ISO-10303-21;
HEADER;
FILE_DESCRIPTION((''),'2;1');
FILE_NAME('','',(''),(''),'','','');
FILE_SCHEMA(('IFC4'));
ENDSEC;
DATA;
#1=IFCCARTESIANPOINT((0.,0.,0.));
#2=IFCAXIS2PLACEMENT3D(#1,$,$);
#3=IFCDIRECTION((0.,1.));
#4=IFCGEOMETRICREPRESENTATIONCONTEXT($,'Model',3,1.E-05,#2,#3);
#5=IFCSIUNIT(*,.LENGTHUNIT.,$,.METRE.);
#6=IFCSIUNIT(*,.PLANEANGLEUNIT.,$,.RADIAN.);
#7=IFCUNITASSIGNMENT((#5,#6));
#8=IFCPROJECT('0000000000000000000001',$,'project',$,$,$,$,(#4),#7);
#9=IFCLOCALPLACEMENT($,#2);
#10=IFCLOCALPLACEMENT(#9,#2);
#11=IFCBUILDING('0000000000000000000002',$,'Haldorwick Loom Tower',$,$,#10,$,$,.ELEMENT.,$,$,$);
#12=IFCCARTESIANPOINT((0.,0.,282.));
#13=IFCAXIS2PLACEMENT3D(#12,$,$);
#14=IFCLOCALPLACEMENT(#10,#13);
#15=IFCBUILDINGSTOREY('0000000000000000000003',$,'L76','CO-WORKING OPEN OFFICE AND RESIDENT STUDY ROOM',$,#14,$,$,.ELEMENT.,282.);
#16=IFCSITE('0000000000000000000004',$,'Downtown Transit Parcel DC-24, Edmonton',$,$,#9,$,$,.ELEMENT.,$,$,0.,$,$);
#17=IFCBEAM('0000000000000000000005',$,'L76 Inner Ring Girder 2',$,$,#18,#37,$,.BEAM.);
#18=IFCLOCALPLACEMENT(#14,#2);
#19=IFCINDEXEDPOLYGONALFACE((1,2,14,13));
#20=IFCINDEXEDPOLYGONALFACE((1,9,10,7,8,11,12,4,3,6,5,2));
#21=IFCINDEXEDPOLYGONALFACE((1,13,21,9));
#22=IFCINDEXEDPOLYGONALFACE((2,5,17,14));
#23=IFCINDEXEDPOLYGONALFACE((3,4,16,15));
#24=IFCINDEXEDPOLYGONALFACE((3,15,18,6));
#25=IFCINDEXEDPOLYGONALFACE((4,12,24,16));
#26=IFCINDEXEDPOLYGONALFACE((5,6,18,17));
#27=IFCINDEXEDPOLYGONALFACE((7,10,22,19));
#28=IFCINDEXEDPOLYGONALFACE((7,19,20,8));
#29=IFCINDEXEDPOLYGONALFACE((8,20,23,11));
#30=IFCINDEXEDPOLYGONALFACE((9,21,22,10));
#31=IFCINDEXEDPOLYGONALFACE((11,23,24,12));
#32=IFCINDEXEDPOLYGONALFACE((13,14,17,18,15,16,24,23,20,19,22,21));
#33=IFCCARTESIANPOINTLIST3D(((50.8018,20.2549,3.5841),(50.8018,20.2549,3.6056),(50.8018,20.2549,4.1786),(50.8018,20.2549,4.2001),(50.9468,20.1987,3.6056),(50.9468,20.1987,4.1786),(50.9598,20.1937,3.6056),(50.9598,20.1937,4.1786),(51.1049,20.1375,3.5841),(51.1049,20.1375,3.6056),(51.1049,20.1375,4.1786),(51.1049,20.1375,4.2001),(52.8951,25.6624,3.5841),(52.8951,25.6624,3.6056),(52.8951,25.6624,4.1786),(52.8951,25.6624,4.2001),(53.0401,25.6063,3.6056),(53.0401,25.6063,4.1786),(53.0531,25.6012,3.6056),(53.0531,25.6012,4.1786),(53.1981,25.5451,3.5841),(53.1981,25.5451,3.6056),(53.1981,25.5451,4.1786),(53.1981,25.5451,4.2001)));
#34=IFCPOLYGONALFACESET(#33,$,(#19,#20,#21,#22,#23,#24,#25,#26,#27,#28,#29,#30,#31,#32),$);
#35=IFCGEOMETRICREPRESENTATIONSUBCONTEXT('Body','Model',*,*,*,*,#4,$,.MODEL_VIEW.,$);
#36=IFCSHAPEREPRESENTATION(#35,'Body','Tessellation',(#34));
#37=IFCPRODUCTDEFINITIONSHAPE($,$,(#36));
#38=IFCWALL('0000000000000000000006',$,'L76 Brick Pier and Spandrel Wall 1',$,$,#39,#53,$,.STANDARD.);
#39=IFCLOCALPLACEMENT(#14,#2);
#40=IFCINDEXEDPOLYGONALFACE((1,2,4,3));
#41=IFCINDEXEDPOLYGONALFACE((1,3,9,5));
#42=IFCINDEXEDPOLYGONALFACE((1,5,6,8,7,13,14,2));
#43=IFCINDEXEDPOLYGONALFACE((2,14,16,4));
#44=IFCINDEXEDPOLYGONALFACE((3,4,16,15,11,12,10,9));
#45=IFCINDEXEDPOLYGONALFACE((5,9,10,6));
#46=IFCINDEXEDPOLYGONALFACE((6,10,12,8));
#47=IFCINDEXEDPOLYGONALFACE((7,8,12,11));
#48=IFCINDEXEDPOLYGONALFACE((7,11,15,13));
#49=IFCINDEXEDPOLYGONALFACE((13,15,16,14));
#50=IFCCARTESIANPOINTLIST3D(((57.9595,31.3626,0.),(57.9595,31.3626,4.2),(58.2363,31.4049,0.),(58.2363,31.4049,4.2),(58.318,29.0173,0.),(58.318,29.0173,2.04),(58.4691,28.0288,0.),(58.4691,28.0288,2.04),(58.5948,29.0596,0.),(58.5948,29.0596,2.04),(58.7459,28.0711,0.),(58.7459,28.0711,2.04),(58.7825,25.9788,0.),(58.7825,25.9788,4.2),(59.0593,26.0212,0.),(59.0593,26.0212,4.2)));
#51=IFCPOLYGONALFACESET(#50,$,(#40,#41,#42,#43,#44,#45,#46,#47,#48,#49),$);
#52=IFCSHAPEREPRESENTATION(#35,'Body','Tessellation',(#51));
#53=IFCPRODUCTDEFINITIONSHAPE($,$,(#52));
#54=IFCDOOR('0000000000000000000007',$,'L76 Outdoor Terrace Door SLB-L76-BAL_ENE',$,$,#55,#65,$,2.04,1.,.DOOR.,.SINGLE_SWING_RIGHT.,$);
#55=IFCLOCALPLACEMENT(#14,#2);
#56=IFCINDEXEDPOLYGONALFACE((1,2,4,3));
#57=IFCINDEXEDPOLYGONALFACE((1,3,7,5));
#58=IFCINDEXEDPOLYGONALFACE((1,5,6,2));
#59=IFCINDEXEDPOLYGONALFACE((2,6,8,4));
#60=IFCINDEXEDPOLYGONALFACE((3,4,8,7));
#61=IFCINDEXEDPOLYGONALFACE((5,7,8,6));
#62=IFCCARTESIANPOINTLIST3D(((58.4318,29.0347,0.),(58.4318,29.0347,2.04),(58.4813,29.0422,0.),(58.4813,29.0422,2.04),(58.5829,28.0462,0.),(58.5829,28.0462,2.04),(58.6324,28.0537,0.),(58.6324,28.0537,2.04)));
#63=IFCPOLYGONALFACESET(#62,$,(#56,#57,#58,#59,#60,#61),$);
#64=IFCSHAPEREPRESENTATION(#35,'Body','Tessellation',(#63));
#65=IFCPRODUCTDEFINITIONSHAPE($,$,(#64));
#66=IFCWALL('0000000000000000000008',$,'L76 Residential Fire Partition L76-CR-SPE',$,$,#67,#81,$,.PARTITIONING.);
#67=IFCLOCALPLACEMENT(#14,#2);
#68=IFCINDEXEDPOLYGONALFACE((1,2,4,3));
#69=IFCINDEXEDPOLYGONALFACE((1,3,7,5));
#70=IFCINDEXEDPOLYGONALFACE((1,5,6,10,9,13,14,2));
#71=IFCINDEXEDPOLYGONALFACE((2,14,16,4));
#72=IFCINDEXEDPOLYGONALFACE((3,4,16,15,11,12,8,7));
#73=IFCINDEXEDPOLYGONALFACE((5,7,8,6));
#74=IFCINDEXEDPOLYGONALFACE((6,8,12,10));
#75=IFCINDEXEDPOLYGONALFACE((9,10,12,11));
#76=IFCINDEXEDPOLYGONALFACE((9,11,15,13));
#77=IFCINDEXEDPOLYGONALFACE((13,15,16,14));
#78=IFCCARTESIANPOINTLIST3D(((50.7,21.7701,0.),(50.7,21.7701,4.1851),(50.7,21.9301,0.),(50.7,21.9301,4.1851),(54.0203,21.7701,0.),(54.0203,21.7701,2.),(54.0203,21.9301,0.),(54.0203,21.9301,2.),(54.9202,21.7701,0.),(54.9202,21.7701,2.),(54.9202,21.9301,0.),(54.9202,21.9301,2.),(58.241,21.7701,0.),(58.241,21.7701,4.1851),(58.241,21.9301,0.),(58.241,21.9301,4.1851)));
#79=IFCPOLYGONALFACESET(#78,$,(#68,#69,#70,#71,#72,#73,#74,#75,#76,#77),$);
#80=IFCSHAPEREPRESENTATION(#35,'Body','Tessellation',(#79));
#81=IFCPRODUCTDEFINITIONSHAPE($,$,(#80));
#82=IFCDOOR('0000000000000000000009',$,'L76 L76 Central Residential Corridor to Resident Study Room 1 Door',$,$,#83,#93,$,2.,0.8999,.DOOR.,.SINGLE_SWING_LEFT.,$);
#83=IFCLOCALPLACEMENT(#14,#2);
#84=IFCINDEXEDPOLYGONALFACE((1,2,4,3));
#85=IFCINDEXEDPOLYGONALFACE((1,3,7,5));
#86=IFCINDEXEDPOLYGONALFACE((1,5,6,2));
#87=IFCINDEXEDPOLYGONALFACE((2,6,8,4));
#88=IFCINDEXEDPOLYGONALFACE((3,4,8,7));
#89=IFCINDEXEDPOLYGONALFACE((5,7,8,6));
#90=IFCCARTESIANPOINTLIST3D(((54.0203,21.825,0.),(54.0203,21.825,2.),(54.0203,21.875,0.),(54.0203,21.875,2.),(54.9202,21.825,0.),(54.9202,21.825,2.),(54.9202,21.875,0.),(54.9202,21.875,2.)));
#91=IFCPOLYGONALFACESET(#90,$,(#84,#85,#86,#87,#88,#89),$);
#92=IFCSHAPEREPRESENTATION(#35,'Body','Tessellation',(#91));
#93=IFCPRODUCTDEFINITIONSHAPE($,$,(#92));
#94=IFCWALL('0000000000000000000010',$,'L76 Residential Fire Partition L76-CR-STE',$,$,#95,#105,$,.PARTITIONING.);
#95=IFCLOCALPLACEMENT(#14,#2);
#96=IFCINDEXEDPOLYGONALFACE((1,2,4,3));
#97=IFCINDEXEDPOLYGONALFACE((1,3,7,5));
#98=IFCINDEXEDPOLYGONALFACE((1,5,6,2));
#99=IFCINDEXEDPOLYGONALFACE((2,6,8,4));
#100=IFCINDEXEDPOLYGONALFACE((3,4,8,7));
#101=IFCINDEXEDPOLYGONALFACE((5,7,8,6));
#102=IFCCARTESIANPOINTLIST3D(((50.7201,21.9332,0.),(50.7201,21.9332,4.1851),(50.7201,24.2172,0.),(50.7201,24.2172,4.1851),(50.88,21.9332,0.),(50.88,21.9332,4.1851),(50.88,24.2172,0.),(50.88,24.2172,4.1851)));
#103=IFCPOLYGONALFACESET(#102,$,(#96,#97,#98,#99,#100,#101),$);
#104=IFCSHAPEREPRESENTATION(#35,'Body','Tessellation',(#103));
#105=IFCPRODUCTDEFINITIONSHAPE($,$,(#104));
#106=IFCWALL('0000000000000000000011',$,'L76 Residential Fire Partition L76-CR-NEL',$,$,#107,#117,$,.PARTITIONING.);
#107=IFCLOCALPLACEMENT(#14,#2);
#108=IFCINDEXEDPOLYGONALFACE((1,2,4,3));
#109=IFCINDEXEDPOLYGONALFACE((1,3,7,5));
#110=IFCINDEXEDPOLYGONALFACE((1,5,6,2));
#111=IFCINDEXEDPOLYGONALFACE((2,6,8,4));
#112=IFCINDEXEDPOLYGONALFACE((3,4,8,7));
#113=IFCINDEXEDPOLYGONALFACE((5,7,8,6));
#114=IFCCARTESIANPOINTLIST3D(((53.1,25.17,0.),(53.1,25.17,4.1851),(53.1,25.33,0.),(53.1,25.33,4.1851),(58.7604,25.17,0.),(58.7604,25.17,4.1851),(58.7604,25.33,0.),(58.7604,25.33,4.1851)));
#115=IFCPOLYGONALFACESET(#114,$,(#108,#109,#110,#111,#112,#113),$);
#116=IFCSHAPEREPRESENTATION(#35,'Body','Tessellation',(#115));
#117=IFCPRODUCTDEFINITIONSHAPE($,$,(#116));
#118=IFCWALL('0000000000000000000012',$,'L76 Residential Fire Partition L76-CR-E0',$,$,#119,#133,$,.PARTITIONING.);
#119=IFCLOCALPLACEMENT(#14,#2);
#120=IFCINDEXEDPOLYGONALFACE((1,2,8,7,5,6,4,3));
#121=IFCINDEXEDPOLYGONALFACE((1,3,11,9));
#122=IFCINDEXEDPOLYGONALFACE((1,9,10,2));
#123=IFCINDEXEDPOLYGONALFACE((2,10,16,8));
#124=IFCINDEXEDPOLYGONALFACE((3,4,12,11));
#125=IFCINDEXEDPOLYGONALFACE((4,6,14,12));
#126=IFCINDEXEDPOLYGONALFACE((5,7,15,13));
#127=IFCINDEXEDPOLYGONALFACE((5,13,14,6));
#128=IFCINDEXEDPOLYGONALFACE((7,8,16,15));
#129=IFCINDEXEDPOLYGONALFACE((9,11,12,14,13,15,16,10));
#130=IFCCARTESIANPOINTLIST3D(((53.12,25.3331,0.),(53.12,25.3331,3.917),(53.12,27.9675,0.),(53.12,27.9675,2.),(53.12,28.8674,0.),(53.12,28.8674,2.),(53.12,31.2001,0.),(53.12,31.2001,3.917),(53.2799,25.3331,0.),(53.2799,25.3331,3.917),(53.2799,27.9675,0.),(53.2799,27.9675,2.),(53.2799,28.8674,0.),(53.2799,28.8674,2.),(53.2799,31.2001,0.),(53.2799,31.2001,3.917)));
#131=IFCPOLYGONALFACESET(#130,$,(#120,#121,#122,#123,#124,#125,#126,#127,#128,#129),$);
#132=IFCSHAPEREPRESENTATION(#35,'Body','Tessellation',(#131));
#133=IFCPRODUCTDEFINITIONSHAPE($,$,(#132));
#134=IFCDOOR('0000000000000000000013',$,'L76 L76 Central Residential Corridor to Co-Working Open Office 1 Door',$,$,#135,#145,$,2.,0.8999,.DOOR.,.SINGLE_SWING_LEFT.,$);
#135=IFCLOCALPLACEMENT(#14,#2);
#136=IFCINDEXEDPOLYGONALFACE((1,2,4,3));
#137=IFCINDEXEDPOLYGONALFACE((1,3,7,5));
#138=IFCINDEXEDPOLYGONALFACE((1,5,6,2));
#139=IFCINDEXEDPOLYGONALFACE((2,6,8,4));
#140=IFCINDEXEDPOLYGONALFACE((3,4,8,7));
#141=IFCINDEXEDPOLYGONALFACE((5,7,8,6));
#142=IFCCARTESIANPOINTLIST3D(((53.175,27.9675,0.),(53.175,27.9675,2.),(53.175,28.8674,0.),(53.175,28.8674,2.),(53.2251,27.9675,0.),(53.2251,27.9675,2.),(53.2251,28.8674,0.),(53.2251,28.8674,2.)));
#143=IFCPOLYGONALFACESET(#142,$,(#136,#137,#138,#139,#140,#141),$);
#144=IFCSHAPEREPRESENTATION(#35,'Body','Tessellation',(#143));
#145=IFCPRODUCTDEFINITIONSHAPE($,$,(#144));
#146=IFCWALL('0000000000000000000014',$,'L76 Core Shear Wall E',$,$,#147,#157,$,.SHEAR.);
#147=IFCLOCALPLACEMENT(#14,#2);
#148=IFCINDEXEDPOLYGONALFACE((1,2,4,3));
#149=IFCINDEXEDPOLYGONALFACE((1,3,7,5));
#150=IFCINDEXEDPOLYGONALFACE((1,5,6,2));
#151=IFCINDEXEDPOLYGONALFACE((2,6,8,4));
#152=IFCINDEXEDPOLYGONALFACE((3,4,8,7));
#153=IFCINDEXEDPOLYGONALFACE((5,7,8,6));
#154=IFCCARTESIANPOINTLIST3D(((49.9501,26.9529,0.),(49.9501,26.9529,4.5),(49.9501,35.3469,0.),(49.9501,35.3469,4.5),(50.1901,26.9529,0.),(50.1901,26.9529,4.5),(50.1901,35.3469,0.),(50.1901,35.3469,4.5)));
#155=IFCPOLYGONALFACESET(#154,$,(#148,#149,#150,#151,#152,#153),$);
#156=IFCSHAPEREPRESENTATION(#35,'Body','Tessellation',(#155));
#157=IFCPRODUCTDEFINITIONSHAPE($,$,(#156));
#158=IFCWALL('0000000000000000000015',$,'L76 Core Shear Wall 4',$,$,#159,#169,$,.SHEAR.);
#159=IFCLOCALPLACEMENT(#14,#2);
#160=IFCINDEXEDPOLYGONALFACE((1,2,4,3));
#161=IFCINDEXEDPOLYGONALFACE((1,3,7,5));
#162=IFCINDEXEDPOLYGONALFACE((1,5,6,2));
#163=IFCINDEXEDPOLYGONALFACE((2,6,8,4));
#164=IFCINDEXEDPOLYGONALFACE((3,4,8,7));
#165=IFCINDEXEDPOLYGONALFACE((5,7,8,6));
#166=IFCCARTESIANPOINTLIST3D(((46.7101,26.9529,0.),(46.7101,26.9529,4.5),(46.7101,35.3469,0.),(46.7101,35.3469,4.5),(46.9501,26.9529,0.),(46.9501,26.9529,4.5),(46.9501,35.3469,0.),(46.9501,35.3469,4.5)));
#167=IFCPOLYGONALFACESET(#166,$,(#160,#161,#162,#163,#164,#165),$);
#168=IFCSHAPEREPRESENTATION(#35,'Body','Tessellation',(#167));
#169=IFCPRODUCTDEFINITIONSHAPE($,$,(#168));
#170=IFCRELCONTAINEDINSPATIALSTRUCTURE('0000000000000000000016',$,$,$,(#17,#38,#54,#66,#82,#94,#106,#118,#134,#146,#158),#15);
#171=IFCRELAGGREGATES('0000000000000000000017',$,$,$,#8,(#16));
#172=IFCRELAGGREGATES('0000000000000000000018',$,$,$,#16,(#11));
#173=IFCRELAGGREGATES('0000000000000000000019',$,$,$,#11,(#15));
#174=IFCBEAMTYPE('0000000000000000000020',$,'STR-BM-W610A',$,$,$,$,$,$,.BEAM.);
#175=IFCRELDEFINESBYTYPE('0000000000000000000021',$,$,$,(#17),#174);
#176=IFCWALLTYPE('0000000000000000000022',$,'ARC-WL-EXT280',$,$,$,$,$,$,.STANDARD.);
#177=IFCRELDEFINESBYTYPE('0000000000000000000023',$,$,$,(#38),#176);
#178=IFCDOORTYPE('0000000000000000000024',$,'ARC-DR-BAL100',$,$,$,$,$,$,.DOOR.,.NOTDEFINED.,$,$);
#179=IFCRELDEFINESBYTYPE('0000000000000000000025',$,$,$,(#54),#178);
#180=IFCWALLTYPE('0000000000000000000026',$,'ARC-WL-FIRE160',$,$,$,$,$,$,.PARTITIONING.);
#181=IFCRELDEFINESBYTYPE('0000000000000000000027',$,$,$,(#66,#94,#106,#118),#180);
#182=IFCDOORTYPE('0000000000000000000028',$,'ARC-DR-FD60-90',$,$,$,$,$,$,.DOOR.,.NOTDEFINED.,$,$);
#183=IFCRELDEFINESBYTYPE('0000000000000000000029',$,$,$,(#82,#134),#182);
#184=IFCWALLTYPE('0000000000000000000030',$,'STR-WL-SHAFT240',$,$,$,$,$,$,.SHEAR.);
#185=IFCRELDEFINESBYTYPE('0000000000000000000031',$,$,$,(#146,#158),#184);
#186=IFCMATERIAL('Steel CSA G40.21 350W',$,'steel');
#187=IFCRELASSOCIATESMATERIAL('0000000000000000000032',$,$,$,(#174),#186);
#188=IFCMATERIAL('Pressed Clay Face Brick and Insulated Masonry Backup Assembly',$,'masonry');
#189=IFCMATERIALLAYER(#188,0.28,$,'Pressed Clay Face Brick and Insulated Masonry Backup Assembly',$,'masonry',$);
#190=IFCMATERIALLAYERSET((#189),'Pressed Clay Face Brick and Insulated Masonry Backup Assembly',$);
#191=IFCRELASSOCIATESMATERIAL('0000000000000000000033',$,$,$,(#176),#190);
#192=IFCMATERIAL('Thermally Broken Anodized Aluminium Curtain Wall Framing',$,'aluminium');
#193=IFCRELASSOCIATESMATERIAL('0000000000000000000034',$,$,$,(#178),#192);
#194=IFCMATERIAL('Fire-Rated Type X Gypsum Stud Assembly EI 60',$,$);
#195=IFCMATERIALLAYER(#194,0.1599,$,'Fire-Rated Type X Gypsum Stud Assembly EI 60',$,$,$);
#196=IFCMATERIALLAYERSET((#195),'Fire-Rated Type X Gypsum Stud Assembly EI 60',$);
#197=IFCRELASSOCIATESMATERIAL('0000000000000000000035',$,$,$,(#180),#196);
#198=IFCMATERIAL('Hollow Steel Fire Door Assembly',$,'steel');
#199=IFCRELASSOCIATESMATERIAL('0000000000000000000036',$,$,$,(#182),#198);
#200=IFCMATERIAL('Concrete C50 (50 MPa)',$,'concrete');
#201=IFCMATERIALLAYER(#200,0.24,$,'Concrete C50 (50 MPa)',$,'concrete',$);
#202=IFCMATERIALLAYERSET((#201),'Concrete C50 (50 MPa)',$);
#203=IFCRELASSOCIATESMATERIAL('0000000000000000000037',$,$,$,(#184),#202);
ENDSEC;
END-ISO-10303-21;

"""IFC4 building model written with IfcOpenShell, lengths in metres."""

from ifc_helpers import new_model, si_unit, direction, frame, frame_2d, origin, origin_2d, place, context, subcontext, project, spatial, rectangle, i_section, extrude, material, layer, layer_set, material_profile, profile_set, type_object, element, fill, save


model = new_model("IFC4")

# Units and contexts
model_context = context("Model", 3, precision=1e-05, world=origin(), true_north=direction((0.0, 1.0)))
body_context = subcontext(model_context, "Body", "Model", "MODEL_VIEW")
ifc_project = project(units=[si_unit("LENGTHUNIT", "METRE"), si_unit("PLANEANGLEUNIT", "RADIAN")], contexts=[model_context])

# Site, building, storey
site_placement = place(None, origin())
site = spatial("IfcSite", under=ifc_project, at=site_placement, Name="Downtown Transit Parcel DC-24, Edmonton", CompositionType="ELEMENT", RefElevation=0.0)
building_placement = place(site_placement, origin())
building = spatial("IfcBuilding", under=site, at=building_placement, Name="Haldorwick Loom Tower", CompositionType="ELEMENT")
storey_placement = place(building_placement, frame((0.0, 0.0, 282.0)))
storey = spatial("IfcBuildingStorey", under=building, at=storey_placement, Name="L76", Description="CO-WORKING OPEN OFFICE AND RESIDENT STUDY ROOM", CompositionType="ELEMENT", Elevation=282.0)

# Shared definitions
ifc_material_1 = material(Name="Concrete C50 (50 MPa)", Category="concrete")
ifc_material_2 = material(Name="Steel CSA G40.21 350W", Category="steel")

# Beam
ifc_material_profile_1 = material_profile(ifc_material_2, i_section(OverallWidth=0.325, OverallDepth=0.616, WebThickness=0.0139, FlangeThickness=0.0215, at=origin_2d()), Name="W610X174", Category="steel")
ifc_profile_set_1 = profile_set([ifc_material_profile_1], Name="Steel CSA G40.21 350W")
beam_type_1 = type_object("IfcBeamType", Name="STR-BM-W610A", PredefinedType="BEAM", material=ifc_profile_set_1)
beam_1_placement = place(storey_placement, frame((53.0466, 25.6038, 3.8921), z_axis=(-0.361001, -0.932565, 0.0), x_axis=(0.932565, -0.361001, 0.0)))
element("IfcBeam", 1, at=beam_1_placement, inside=storey, type_object=beam_type_1, Name="L76 Inner Ring Girder 2", PredefinedType="BEAM", context=body_context, shape_type="SweptSolid", body=[
    extrude(i_section(OverallWidth=0.325, OverallDepth=0.616, WebThickness=0.0139, FlangeThickness=0.0215, at=origin_2d()), origin(), (0.0, 0.0, 1.0), 5.7986),
])

# Walls, openings, doors
ifc_material_3 = material(Name="Pressed Clay Face Brick and Insulated Masonry Backup Assembly", Category="masonry")
ifc_layer_1 = layer(ifc_material_3, 0.28, Name="Pressed Clay Face Brick and Insulated Masonry Backup Assembly", Category="masonry")
ifc_layer_set_1 = layer_set([ifc_layer_1], Name="Pressed Clay Face Brick and Insulated Masonry Backup Assembly")
wall_type_1 = type_object("IfcWallType", Name="ARC-WL-EXT280", PredefinedType="STANDARD", material=ifc_layer_set_1)
wall_1_placement = place(storey_placement, frame((58.9209, 26.0, 0.0), z_axis=(0.0, 0.0, 1.0), x_axis=(-0.151111, 0.988517, 0.0)))
wall_1 = element("IfcWall", 2, at=wall_1_placement, inside=storey, type_object=wall_type_1, Name="L76 Brick Pier and Spandrel Wall 1", PredefinedType="STANDARD", context=body_context, shape_type="SweptSolid", body=[
    extrude(rectangle(XDim=5.4463, YDim=0.28, at=frame_2d((2.7231, 0.0))), origin(), (0.0, 0.0, 1.0), 4.2),
])
opening_1_placement = place(wall_1_placement, frame((2.0737, 0.0, 0.0)))
opening_1 = element("IfcOpeningElement", 3, at=opening_1_placement, cuts=wall_1, PredefinedType="OPENING", context=body_context, shape_type="SweptSolid", body=[
    extrude(rectangle(XDim=1.0, YDim=2.04, at=frame_2d((0.5, 1.02))), frame((0.0, 0.1499, 0.0), z_axis=(0.0, -1.0, 0.0), x_axis=(1.0, 0.0, 0.0)), (0.0, 0.0, 1.0), 0.3),
])
ifc_material_4 = material(Name="Thermally Broken Anodized Aluminium Curtain Wall Framing", Category="aluminium")
door_type_1 = type_object("IfcDoorType", Name="ARC-DR-BAL100", OperationType="NOTDEFINED", PredefinedType="DOOR", material=ifc_material_4)
door_1_placement = place(opening_1_placement, origin())
door_1 = element("IfcDoor", 4, at=door_1_placement, inside=storey, type_object=door_type_1, Name="L76 Outdoor Terrace Door SLB-L76-BAL_ENE", OperationType="SINGLE_SWING_RIGHT", OverallHeight=2.04, OverallWidth=1.0, PredefinedType="DOOR", context=body_context, shape_type="SweptSolid", body=[
    extrude(rectangle(XDim=1.0, YDim=2.04, at=frame_2d((0.5, 1.02))), frame((0.0, 0.0249, 0.0), z_axis=(0.0, -1.0, 0.0), x_axis=(1.0, 0.0, 0.0)), (0.0, 0.0, 1.0), 0.05),
])
fill(opening_1, door_1)
ifc_material_5 = material(Name="Fire-Rated Type X Gypsum Stud Assembly EI 60")
ifc_layer_2 = layer(ifc_material_5, 0.1599, Name="Fire-Rated Type X Gypsum Stud Assembly EI 60")
ifc_layer_set_2 = layer_set([ifc_layer_2], Name="Fire-Rated Type X Gypsum Stud Assembly EI 60")
wall_type_2 = type_object("IfcWallType", Name="ARC-WL-FIRE160", PredefinedType="PARTITIONING", material=ifc_layer_set_2)
wall_2_placement = place(storey_placement, frame((50.7, 21.8501, 0.0), z_axis=(0.0, 0.0, 1.0), x_axis=(1.0, 0.0, 0.0)))
wall_2 = element("IfcWall", 5, at=wall_2_placement, inside=storey, type_object=wall_type_2, Name="L76 Residential Fire Partition L76-CR-SPE", PredefinedType="PARTITIONING", context=body_context, shape_type="SweptSolid", body=[
    extrude(rectangle(XDim=7.541, YDim=0.1599, at=frame_2d((3.7705, 0.0))), origin(), (0.0, 0.0, 1.0), 4.1851),
])
opening_2_placement = place(wall_2_placement, frame((3.3203, 0.0, 0.0)))
opening_2 = element("IfcOpeningElement", 6, at=opening_2_placement, cuts=wall_2, PredefinedType="OPENING", context=body_context, shape_type="SweptSolid", body=[
    extrude(rectangle(XDim=0.8999, YDim=2.0, at=frame_2d((0.45, 1.0))), frame((0.0, 0.0898, 0.0), z_axis=(0.0, -1.0, 0.0), x_axis=(1.0, 0.0, 0.0)), (0.0, 0.0, 1.0), 0.1799),
])
ifc_material_6 = material(Name="Hollow Steel Fire Door Assembly", Category="steel")
door_type_2 = type_object("IfcDoorType", Name="ARC-DR-FD60-90", OperationType="NOTDEFINED", PredefinedType="DOOR", material=ifc_material_6)
door_2_placement = place(opening_2_placement, origin())
door_2 = element("IfcDoor", 7, at=door_2_placement, inside=storey, type_object=door_type_2, Name="L76 L76 Central Residential Corridor to Resident Study Room 1 Door", OperationType="SINGLE_SWING_LEFT", OverallHeight=2.0, OverallWidth=0.8999, PredefinedType="DOOR", context=body_context, shape_type="SweptSolid", body=[
    extrude(rectangle(XDim=0.8999, YDim=2.0, at=frame_2d((0.45, 1.0))), frame((0.0, 0.0249, 0.0), z_axis=(0.0, -1.0, 0.0), x_axis=(1.0, 0.0, 0.0)), (0.0, 0.0, 1.0), 0.05),
])
fill(opening_2, door_2)

# Walls
wall_3_placement = place(storey_placement, frame((50.8, 21.9331, 0.0), z_axis=(0.0, 0.0, 1.0), x_axis=(0.0, 1.0, 0.0)))
element("IfcWall", 8, at=wall_3_placement, inside=storey, type_object=wall_type_2, Name="L76 Residential Fire Partition L76-CR-STE", PredefinedType="PARTITIONING", context=body_context, shape_type="SweptSolid", body=[
    extrude(rectangle(XDim=2.2839, YDim=0.1599, at=frame_2d((1.1421, 0.0))), origin(), (0.0, 0.0, 1.0), 4.1851),
])
wall_4_placement = place(storey_placement, frame((53.1001, 25.25, 0.0), z_axis=(0.0, 0.0, 1.0), x_axis=(1.0, 0.0, 0.0)))
element("IfcWall", 9, at=wall_4_placement, inside=storey, type_object=wall_type_2, Name="L76 Residential Fire Partition L76-CR-NEL", PredefinedType="PARTITIONING", context=body_context, shape_type="SweptSolid", body=[
    extrude(rectangle(XDim=5.6604, YDim=0.1599, at=frame_2d((2.8301, 0.0))), origin(), (0.0, 0.0, 1.0), 4.1851),
])

# Wall, opening, door
wall_5_placement = place(storey_placement, frame((53.2, 25.333, 0.0), z_axis=(0.0, 0.0, 1.0), x_axis=(0.0, 1.0, 0.0)))
wall_5 = element("IfcWall", 10, at=wall_5_placement, inside=storey, type_object=wall_type_2, Name="L76 Residential Fire Partition L76-CR-E0", PredefinedType="PARTITIONING", context=body_context, shape_type="SweptSolid", body=[
    extrude(rectangle(XDim=5.8669, YDim=0.1599, at=frame_2d((2.9336, 0.0))), origin(), (0.0, 0.0, 1.0), 3.917),
])
opening_3_placement = place(wall_5_placement, frame((2.6345, 0.0, 0.0)))
opening_3 = element("IfcOpeningElement", 11, at=opening_3_placement, cuts=wall_5, PredefinedType="OPENING", context=body_context, shape_type="SweptSolid", body=[
    extrude(rectangle(XDim=0.8999, YDim=2.0, at=frame_2d((0.45, 1.0))), frame((0.0, 0.0898, 0.0), z_axis=(0.0, -1.0, 0.0), x_axis=(1.0, 0.0, 0.0)), (0.0, 0.0, 1.0), 0.1799),
])
door_3_placement = place(opening_3_placement, origin())
door_3 = element("IfcDoor", 12, at=door_3_placement, inside=storey, type_object=door_type_2, Name="L76 L76 Central Residential Corridor to Co-Working Open Office 1 Door", OperationType="SINGLE_SWING_LEFT", OverallHeight=2.0, OverallWidth=0.8999, PredefinedType="DOOR", context=body_context, shape_type="SweptSolid", body=[
    extrude(rectangle(XDim=0.8999, YDim=2.0, at=frame_2d((0.45, 1.0))), frame((0.0, 0.0249, 0.0), z_axis=(0.0, -1.0, 0.0), x_axis=(1.0, 0.0, 0.0)), (0.0, 0.0, 1.0), 0.05),
])
fill(opening_3, door_3)

# Walls
ifc_layer_3 = layer(ifc_material_1, 0.24, Name="Concrete C50 (50 MPa)", Category="concrete")
ifc_layer_set_3 = layer_set([ifc_layer_3], Name="Concrete C50 (50 MPa)")
wall_type_3 = type_object("IfcWallType", Name="STR-WL-SHAFT240", PredefinedType="SHEAR", material=ifc_layer_set_3)
for number, where, z_axis, x_axis, name in (
    (13, (50.0701, 26.9529, 0.0), (0.0, 0.0, 1.0), (0.0, 1.0, 0.0), "L76 Core Shear Wall E"),
    (14, (46.8301, 26.9529, 0.0), (0.0, 0.0, 1.0), (0.0, 1.0, 0.0), "L76 Core Shear Wall 4"),
):
    element("IfcWall", number, at=place(storey_placement, frame(where, z_axis=z_axis, x_axis=x_axis)), inside=storey, type_object=wall_type_3, Name=name, PredefinedType="SHEAR", context=body_context, shape_type="SweptSolid", body=[
        extrude(rectangle(XDim=8.394, YDim=0.24, at=frame_2d((4.197, 0.0))), origin(), (0.0, 0.0, 1.0), 4.5),
    ])

save(model, "model.ifc")
